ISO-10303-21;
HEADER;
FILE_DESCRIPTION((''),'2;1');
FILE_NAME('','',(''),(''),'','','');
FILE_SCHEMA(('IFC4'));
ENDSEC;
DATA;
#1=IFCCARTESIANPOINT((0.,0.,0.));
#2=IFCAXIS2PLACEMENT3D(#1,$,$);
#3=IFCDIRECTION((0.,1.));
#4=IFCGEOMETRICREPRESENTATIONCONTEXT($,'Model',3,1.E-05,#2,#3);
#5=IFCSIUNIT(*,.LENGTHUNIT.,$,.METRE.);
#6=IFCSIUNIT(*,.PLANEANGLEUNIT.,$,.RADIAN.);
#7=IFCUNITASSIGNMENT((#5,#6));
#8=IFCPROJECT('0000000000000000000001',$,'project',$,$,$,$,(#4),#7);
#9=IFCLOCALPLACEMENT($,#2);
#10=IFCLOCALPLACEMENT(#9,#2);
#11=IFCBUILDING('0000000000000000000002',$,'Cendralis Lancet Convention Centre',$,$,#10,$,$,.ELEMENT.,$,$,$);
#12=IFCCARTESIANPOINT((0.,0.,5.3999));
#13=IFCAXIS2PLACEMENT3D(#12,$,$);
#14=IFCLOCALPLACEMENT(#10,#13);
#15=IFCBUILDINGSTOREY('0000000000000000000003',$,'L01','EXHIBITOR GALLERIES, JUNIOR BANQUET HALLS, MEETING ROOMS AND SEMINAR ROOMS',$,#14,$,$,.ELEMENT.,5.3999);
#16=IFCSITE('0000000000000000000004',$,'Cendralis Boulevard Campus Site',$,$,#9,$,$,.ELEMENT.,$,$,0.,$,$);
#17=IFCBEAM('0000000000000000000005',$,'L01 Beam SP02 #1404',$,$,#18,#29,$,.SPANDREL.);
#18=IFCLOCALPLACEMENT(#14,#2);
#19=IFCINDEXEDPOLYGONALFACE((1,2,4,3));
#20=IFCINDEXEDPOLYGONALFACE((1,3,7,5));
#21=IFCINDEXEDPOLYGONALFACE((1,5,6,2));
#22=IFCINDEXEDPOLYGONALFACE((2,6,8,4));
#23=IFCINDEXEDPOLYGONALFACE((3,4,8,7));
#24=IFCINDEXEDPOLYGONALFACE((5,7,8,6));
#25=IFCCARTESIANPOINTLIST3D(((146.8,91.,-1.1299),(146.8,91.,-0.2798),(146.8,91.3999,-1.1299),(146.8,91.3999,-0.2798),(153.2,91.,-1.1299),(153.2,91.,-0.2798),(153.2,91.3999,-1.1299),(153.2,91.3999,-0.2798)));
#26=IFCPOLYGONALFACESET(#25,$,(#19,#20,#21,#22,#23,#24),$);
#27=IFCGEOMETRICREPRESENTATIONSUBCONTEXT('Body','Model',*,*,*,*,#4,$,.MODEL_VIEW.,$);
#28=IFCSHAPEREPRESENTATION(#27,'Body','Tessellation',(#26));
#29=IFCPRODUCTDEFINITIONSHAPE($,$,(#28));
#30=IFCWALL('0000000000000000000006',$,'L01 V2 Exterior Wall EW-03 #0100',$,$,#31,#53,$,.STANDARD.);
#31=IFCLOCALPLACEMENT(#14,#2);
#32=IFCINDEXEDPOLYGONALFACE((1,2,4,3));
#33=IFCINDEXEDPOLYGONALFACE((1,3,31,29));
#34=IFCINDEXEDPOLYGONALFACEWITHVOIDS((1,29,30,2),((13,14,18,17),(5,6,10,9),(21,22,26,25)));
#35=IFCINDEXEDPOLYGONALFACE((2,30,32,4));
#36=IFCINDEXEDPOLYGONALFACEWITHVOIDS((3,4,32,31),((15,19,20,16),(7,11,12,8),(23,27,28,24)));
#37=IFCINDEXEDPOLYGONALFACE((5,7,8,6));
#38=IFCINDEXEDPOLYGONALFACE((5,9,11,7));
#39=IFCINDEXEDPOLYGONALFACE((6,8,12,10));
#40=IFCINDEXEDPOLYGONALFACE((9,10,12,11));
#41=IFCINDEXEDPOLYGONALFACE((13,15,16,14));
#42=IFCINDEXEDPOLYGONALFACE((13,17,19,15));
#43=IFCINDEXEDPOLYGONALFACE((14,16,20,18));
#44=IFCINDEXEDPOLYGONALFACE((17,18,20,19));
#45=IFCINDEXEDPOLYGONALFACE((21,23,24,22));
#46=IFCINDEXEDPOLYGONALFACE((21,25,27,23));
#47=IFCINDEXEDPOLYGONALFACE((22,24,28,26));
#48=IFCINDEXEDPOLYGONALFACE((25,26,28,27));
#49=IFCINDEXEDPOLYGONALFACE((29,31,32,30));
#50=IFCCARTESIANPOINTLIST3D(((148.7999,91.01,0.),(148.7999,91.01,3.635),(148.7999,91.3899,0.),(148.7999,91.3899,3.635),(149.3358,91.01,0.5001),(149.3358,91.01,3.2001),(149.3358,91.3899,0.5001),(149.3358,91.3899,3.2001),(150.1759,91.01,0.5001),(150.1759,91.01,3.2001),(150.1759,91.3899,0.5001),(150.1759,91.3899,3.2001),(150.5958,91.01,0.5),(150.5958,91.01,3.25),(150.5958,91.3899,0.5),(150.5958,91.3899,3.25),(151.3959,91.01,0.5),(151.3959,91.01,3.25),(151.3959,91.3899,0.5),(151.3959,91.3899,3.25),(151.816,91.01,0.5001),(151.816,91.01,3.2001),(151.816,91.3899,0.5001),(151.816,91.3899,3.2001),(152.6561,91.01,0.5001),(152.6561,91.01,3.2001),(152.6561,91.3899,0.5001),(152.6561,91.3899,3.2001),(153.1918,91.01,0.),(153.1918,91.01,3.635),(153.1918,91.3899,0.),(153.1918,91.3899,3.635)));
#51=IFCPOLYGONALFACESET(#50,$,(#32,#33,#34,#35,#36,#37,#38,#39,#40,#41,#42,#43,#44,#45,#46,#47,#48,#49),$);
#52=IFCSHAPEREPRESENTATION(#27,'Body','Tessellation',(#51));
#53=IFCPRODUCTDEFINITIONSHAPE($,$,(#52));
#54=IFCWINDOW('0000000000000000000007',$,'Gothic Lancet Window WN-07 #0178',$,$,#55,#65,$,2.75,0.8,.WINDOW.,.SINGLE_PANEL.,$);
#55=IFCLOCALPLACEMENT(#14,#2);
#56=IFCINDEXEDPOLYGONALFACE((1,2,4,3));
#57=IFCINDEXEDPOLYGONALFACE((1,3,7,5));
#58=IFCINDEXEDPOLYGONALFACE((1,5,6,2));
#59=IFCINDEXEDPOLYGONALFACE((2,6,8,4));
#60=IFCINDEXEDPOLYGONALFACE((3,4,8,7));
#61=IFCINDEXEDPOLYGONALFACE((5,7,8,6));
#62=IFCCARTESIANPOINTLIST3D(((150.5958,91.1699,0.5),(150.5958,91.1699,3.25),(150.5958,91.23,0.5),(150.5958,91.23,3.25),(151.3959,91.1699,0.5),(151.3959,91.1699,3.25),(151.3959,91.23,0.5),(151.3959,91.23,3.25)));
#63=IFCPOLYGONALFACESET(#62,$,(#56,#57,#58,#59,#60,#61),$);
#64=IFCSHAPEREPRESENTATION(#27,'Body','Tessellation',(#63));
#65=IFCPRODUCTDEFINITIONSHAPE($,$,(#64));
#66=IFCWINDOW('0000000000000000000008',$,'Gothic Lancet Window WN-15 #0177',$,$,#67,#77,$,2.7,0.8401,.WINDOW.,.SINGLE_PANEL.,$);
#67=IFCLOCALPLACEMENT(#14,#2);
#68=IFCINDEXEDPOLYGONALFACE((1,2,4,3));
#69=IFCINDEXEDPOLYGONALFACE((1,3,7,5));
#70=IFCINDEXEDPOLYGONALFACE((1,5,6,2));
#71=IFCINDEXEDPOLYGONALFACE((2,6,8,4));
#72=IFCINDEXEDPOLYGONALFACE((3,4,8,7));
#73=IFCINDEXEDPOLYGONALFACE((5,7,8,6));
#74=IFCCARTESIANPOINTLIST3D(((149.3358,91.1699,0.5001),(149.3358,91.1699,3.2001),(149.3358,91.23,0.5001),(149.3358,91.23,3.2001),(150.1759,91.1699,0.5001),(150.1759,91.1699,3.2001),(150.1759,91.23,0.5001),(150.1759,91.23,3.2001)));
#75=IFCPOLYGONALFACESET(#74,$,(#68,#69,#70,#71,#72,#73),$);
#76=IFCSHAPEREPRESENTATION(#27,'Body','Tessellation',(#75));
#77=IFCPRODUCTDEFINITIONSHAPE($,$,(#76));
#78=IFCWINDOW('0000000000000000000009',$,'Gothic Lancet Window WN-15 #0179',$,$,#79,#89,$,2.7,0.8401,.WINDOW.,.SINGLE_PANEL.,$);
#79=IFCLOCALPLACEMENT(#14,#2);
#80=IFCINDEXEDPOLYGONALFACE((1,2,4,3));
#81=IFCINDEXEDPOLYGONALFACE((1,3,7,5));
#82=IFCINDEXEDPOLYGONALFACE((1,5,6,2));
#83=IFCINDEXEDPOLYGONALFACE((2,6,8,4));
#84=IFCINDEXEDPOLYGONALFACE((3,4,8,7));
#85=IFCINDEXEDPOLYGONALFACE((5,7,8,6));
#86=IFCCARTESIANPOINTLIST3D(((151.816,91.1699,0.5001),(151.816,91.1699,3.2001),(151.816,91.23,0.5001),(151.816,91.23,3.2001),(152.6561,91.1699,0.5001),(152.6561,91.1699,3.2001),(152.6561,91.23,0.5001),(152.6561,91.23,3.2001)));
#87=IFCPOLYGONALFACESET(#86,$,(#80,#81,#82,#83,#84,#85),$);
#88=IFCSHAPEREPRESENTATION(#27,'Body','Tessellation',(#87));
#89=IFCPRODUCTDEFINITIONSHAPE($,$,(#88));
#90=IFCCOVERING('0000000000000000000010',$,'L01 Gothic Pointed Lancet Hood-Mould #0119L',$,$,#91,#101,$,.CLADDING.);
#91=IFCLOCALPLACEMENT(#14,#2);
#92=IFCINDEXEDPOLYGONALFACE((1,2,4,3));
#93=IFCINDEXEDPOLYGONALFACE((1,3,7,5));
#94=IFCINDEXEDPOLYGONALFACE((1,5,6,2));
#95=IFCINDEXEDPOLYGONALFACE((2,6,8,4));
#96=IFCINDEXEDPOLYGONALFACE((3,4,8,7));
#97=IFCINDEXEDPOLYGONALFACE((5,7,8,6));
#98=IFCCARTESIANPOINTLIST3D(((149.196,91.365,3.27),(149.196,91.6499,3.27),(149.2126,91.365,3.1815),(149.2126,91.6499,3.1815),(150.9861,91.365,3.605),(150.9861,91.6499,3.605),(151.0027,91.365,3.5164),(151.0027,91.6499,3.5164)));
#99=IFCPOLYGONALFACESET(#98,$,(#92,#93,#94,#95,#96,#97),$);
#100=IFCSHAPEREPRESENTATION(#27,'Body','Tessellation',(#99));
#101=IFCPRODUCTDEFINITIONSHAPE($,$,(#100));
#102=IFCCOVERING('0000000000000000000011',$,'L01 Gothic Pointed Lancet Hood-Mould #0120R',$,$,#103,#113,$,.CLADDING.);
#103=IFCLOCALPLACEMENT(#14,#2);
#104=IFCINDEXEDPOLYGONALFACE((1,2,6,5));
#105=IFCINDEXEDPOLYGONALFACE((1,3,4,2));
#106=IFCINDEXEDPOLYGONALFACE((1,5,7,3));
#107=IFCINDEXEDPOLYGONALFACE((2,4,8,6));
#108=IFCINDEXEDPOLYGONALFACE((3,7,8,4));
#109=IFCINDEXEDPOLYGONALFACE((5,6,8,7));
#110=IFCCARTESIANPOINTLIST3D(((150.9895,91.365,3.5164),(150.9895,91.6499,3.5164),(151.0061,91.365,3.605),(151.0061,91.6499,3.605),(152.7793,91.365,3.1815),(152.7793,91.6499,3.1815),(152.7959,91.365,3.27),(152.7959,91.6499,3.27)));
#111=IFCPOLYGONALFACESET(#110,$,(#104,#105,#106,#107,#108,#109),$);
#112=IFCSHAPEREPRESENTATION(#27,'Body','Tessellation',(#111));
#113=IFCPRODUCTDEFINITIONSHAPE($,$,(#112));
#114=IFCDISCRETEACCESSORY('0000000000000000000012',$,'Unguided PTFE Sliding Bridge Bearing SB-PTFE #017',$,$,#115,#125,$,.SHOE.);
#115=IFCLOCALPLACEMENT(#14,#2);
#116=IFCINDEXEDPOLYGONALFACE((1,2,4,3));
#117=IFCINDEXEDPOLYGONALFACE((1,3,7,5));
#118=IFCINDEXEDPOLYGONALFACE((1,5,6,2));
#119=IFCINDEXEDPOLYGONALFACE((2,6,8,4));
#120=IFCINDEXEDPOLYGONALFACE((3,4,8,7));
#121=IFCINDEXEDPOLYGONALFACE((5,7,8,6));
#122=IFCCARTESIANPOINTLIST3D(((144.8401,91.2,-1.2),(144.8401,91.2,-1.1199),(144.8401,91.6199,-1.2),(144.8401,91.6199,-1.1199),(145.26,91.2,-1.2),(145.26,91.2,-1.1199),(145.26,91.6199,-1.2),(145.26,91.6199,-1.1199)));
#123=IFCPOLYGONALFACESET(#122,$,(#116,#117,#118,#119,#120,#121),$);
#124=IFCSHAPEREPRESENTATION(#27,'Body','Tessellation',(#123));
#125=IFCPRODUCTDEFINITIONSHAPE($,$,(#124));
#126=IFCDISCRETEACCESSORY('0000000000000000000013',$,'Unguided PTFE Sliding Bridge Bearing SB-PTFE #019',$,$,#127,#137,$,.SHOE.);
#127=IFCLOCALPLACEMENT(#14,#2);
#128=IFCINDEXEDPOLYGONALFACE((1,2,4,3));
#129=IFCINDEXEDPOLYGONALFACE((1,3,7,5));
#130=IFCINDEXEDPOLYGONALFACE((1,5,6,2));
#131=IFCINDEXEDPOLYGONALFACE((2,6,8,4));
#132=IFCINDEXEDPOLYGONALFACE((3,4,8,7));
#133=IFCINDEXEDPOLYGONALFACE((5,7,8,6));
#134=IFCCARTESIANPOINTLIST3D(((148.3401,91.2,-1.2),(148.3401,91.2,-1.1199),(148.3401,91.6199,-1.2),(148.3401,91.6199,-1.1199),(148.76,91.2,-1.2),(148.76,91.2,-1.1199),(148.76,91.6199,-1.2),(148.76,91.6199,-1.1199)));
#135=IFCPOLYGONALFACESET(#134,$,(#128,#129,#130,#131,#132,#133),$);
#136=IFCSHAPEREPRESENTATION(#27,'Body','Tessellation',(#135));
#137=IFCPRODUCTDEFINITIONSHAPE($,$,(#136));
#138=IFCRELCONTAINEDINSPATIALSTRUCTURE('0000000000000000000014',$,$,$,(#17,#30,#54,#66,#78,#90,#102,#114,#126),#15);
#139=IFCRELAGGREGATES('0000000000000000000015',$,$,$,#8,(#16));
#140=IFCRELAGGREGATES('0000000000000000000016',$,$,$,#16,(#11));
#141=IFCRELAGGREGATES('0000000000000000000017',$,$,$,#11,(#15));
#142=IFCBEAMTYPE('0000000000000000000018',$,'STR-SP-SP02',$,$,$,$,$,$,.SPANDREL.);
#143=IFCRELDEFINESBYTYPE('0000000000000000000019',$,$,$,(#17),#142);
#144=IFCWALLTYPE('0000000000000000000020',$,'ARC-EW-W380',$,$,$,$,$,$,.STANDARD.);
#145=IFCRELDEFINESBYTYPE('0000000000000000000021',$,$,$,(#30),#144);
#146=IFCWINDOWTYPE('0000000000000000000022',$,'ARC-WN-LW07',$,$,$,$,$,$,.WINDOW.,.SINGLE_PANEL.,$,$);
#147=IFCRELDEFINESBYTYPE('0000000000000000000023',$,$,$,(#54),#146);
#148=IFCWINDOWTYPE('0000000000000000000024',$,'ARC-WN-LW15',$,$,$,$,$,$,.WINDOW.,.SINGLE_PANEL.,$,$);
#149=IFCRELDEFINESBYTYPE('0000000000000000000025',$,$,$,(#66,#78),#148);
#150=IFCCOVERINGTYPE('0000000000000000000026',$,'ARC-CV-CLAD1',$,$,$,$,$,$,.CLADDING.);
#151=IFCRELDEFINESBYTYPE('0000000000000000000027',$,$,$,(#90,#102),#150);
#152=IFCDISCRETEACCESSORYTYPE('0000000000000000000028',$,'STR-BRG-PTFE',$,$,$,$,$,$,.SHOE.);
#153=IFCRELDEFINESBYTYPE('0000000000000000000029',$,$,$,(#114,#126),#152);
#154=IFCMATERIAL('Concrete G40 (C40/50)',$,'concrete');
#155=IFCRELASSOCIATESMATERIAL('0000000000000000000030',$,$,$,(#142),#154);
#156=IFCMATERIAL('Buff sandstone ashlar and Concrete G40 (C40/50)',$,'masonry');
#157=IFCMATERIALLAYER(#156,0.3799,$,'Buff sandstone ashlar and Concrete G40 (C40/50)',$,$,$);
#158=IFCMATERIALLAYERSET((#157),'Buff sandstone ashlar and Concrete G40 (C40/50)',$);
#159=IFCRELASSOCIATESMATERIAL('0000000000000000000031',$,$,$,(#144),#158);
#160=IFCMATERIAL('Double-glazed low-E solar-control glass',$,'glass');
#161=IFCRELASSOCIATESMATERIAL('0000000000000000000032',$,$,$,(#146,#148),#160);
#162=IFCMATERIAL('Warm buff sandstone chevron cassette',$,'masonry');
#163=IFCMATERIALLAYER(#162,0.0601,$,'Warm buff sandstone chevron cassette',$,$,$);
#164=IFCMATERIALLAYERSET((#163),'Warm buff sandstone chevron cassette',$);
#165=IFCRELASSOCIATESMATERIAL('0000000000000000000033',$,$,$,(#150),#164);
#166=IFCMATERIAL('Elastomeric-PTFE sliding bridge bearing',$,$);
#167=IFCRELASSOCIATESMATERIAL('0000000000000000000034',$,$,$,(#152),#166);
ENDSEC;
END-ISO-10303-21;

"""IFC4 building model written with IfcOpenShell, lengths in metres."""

from ifc_helpers import new_model, si_unit, direction, frame, frame_2d, origin, origin_2d, place, context, subcontext, project, spatial, polyline, rectangle, outline, extrude, material, layer, layer_set, material_profile, profile_set, type_object, element, fill, save


model = new_model("IFC4")

# Units and contexts
model_context = context("Model", 3, precision=1e-05, world=origin(), true_north=direction((0.0, 1.0)))
body_context = subcontext(model_context, "Body", "Model", "MODEL_VIEW")
ifc_project = project(units=[si_unit("LENGTHUNIT", "METRE"), si_unit("PLANEANGLEUNIT", "RADIAN")], contexts=[model_context])

# Site, building, storey
site_placement = place(None, origin())
site = spatial("IfcSite", under=ifc_project, at=site_placement, Name="Cendralis Boulevard Campus Site", CompositionType="ELEMENT", RefElevation=0.0)
building_placement = place(site_placement, origin())
building = spatial("IfcBuilding", under=site, at=building_placement, Name="Cendralis Lancet Convention Centre", CompositionType="ELEMENT")
storey_placement = place(building_placement, frame((0.0, 0.0, 5.3999)))
storey = spatial("IfcBuildingStorey", under=building, at=storey_placement, Name="L01", Description="EXHIBITOR GALLERIES, JUNIOR BANQUET HALLS, MEETING ROOMS AND SEMINAR ROOMS", CompositionType="ELEMENT", Elevation=5.3999)

# Shared definitions
ifc_material_1 = material(Name="Concrete G40 (C40/50)", Category="concrete")

# Beam
ifc_material_profile_1 = material_profile(ifc_material_1, rectangle(XDim=0.3999, YDim=0.8501, at=origin_2d()), Name="RCB 400x850")
ifc_profile_set_1 = profile_set([ifc_material_profile_1], Name="Concrete G40 (C40/50)")
beam_type_1 = type_object("IfcBeamType", Name="STR-SP-SP02", PredefinedType="SPANDREL", material=ifc_profile_set_1)
beam_1_placement = place(storey_placement, frame((146.8, 91.2, -0.7048), z_axis=(1.0, 0.0, 0.0), x_axis=(0.0, 1.0, 0.0)))
element("IfcBeam", 1, at=beam_1_placement, inside=storey, type_object=beam_type_1, Name="L01 Beam SP02 #1404", PredefinedType="SPANDREL", context=body_context, shape_type="SweptSolid", body=[
    extrude(rectangle(XDim=0.3999, YDim=0.8501, at=origin_2d()), origin(), (0.0, 0.0, 1.0), 6.3999),
])

# Wall, openings, windows
ifc_material_2 = material(Name="Buff sandstone ashlar and Concrete G40 (C40/50)", Category="masonry")
ifc_layer_1 = layer(ifc_material_2, 0.3799, Name="Buff sandstone ashlar and Concrete G40 (C40/50)")
ifc_layer_set_1 = layer_set([ifc_layer_1], Name="Buff sandstone ashlar and Concrete G40 (C40/50)")
wall_type = type_object("IfcWallType", Name="ARC-EW-W380", PredefinedType="STANDARD", material=ifc_layer_set_1)
wall_placement = place(storey_placement, frame((148.8, 91.2, 0.0), z_axis=(0.0, 0.0, 1.0), x_axis=(1.0, 0.0, 0.0)))
wall = element("IfcWall", 2, at=wall_placement, inside=storey, type_object=wall_type, Name="L01 V2 Exterior Wall EW-03 #0100", PredefinedType="STANDARD", context=body_context, shape_type="SweptSolid", body=[
    extrude(rectangle(XDim=4.3918, YDim=0.3799, at=frame_2d((2.1958, 0.0))), origin(), (0.0, 0.0, 1.0), 3.635),
])
opening_1_placement = place(wall_placement, frame((0.5359, 0.0, 0.5)))
opening_1 = element("IfcOpeningElement", 3, at=opening_1_placement, cuts=wall, PredefinedType="OPENING", context=body_context, shape_type="SweptSolid", body=[
    extrude(rectangle(XDim=0.8401, YDim=2.7, at=frame_2d((0.4199, 1.3501))), frame((0.0, 0.2, 0.0), z_axis=(0.0, -1.0, 0.0), x_axis=(1.0, 0.0, 0.0)), (0.0, 0.0, 1.0), 0.3999),
])
opening_2_placement = place(wall_placement, frame((1.7959, 0.0, 0.5)))
opening_2 = element("IfcOpeningElement", 4, at=opening_2_placement, cuts=wall, PredefinedType="OPENING", context=body_context, shape_type="SweptSolid", body=[
    extrude(rectangle(XDim=0.8, YDim=2.75, at=frame_2d((0.3999, 1.375))), frame((0.0, 0.2, 0.0), z_axis=(0.0, -1.0, 0.0), x_axis=(1.0, 0.0, 0.0)), (0.0, 0.0, 1.0), 0.3999),
])
opening_3_placement = place(wall_placement, frame((3.0161, 0.0, 0.5)))
opening_3 = element("IfcOpeningElement", 5, at=opening_3_placement, cuts=wall, PredefinedType="OPENING", context=body_context, shape_type="SweptSolid", body=[
    extrude(rectangle(XDim=0.8401, YDim=2.7, at=frame_2d((0.4199, 1.3501))), frame((0.0, 0.2, 0.0), z_axis=(0.0, -1.0, 0.0), x_axis=(1.0, 0.0, 0.0)), (0.0, 0.0, 1.0), 0.3999),
])
ifc_material_3 = material(Name="Double-glazed low-E solar-control glass", Category="glass")
window_type_1 = type_object("IfcWindowType", Name="ARC-WN-LW07", PartitioningType="SINGLE_PANEL", PredefinedType="WINDOW", material=ifc_material_3)
window_1_placement = place(opening_2_placement, origin())
window_1 = element("IfcWindow", 6, at=window_1_placement, inside=storey, type_object=window_type_1, Name="Gothic Lancet Window WN-07 #0178", OverallHeight=2.75, OverallWidth=0.8, PartitioningType="SINGLE_PANEL", PredefinedType="WINDOW", context=body_context, shape_type="SweptSolid", body=[
    extrude(rectangle(XDim=0.8, YDim=2.75, at=frame_2d((0.3999, 1.375))), frame((0.0, 0.03, 0.0), z_axis=(0.0, -1.0, 0.0), x_axis=(1.0, 0.0, 0.0)), (0.0, 0.0, 1.0), 0.0601),
])
fill(opening_2, window_1)
window_type_2 = type_object("IfcWindowType", Name="ARC-WN-LW15", PartitioningType="SINGLE_PANEL", PredefinedType="WINDOW", material=ifc_material_3)
window_2_placement = place(opening_1_placement, origin())
window_2 = element("IfcWindow", 7, at=window_2_placement, inside=storey, type_object=window_type_2, Name="Gothic Lancet Window WN-15 #0177", OverallHeight=2.7, OverallWidth=0.8401, PartitioningType="SINGLE_PANEL", PredefinedType="WINDOW", context=body_context, shape_type="SweptSolid", body=[
    extrude(rectangle(XDim=0.8401, YDim=2.7, at=frame_2d((0.4199, 1.3501))), frame((0.0, 0.03, 0.0), z_axis=(0.0, -1.0, 0.0), x_axis=(1.0, 0.0, 0.0)), (0.0, 0.0, 1.0), 0.0601),
])
fill(opening_1, window_2)
window_3_placement = place(opening_3_placement, origin())
window_3 = element("IfcWindow", 8, at=window_3_placement, inside=storey, type_object=window_type_2, Name="Gothic Lancet Window WN-15 #0179", OverallHeight=2.7, OverallWidth=0.8401, PartitioningType="SINGLE_PANEL", PredefinedType="WINDOW", context=body_context, shape_type="SweptSolid", body=[
    extrude(rectangle(XDim=0.8401, YDim=2.7, at=frame_2d((0.4199, 1.3501))), frame((0.0, 0.03, 0.0), z_axis=(0.0, -1.0, 0.0), x_axis=(1.0, 0.0, 0.0)), (0.0, 0.0, 1.0), 0.0601),
])
fill(opening_3, window_3)

# Coverings
ifc_material_4 = material(Name="Warm buff sandstone chevron cassette", Category="masonry")
ifc_layer_2 = layer(ifc_material_4, 0.0601, Name="Warm buff sandstone chevron cassette")
ifc_layer_set_2 = layer_set([ifc_layer_2], Name="Warm buff sandstone chevron cassette")
covering_type = type_object("IfcCoveringType", Name="ARC-CV-CLAD1", PredefinedType="CLADDING", material=ifc_layer_set_2)
covering_1_placement = place(storey_placement, frame((149.196, 91.6499, 3.27), z_axis=(-0.183932, 0.0, 0.982939), x_axis=(0.0, -1.0, 0.0)))
element("IfcCovering", 9, at=covering_1_placement, inside=storey, type_object=covering_type, Name="L01 Gothic Pointed Lancet Hood-Mould #0119L", PredefinedType="CLADDING", context=body_context, shape_type="SweptSolid", body=[
    extrude(outline(polyline([(0.0, 0.0), (0.2849, 0.0), (0.2849, 1.8211), (0.0, 1.8211), (0.0, 0.0)])), origin(), (0.0, 0.0, -1.0), 0.0901),
])
covering_2_placement = place(storey_placement, frame((151.0061, 91.6499, 3.605), z_axis=(0.183957, 0.0, 0.982934), x_axis=(0.0, -1.0, 0.0)))
element("IfcCovering", 10, at=covering_2_placement, inside=storey, type_object=covering_type, Name="L01 Gothic Pointed Lancet Hood-Mould #0120R", PredefinedType="CLADDING", context=body_context, shape_type="SweptSolid", body=[
    extrude(outline(polyline([(0.0, 0.0), (0.2849, 0.0), (0.2849, 1.8209), (0.0, 1.8209), (0.0, 0.0)])), origin(), (0.0, 0.0, -1.0), 0.0901),
])

# Discrete accessories
ifc_material_5 = material(Name="Elastomeric-PTFE sliding bridge bearing")
discrete_accessory_type = type_object("IfcDiscreteAccessoryType", Name="STR-BRG-PTFE", PredefinedType="SHOE", material=ifc_material_5)
for number, where, z_axis, x_axis, name in (
    (11, (145.05, 91.4099, -1.2), (0.0, 0.0, 1.0), (1.0, 0.0, 0.0), "Unguided PTFE Sliding Bridge Bearing SB-PTFE #017"),
    (12, (148.55, 91.4099, -1.2), (0.0, 0.0, 1.0), (1.0, 0.0, 0.0), "Unguided PTFE Sliding Bridge Bearing SB-PTFE #019"),
):
    element("IfcDiscreteAccessory", number, at=place(storey_placement, frame(where, z_axis=z_axis, x_axis=x_axis)), inside=storey, type_object=discrete_accessory_type, Name=name, PredefinedType="SHOE", context=body_context, shape_type="SweptSolid", body=[
        extrude(rectangle(XDim=0.4199, YDim=0.4199, at=origin_2d()), origin(), (0.0, 0.0, 1.0), 0.0801),
    ])

save(model, "model.ifc")
